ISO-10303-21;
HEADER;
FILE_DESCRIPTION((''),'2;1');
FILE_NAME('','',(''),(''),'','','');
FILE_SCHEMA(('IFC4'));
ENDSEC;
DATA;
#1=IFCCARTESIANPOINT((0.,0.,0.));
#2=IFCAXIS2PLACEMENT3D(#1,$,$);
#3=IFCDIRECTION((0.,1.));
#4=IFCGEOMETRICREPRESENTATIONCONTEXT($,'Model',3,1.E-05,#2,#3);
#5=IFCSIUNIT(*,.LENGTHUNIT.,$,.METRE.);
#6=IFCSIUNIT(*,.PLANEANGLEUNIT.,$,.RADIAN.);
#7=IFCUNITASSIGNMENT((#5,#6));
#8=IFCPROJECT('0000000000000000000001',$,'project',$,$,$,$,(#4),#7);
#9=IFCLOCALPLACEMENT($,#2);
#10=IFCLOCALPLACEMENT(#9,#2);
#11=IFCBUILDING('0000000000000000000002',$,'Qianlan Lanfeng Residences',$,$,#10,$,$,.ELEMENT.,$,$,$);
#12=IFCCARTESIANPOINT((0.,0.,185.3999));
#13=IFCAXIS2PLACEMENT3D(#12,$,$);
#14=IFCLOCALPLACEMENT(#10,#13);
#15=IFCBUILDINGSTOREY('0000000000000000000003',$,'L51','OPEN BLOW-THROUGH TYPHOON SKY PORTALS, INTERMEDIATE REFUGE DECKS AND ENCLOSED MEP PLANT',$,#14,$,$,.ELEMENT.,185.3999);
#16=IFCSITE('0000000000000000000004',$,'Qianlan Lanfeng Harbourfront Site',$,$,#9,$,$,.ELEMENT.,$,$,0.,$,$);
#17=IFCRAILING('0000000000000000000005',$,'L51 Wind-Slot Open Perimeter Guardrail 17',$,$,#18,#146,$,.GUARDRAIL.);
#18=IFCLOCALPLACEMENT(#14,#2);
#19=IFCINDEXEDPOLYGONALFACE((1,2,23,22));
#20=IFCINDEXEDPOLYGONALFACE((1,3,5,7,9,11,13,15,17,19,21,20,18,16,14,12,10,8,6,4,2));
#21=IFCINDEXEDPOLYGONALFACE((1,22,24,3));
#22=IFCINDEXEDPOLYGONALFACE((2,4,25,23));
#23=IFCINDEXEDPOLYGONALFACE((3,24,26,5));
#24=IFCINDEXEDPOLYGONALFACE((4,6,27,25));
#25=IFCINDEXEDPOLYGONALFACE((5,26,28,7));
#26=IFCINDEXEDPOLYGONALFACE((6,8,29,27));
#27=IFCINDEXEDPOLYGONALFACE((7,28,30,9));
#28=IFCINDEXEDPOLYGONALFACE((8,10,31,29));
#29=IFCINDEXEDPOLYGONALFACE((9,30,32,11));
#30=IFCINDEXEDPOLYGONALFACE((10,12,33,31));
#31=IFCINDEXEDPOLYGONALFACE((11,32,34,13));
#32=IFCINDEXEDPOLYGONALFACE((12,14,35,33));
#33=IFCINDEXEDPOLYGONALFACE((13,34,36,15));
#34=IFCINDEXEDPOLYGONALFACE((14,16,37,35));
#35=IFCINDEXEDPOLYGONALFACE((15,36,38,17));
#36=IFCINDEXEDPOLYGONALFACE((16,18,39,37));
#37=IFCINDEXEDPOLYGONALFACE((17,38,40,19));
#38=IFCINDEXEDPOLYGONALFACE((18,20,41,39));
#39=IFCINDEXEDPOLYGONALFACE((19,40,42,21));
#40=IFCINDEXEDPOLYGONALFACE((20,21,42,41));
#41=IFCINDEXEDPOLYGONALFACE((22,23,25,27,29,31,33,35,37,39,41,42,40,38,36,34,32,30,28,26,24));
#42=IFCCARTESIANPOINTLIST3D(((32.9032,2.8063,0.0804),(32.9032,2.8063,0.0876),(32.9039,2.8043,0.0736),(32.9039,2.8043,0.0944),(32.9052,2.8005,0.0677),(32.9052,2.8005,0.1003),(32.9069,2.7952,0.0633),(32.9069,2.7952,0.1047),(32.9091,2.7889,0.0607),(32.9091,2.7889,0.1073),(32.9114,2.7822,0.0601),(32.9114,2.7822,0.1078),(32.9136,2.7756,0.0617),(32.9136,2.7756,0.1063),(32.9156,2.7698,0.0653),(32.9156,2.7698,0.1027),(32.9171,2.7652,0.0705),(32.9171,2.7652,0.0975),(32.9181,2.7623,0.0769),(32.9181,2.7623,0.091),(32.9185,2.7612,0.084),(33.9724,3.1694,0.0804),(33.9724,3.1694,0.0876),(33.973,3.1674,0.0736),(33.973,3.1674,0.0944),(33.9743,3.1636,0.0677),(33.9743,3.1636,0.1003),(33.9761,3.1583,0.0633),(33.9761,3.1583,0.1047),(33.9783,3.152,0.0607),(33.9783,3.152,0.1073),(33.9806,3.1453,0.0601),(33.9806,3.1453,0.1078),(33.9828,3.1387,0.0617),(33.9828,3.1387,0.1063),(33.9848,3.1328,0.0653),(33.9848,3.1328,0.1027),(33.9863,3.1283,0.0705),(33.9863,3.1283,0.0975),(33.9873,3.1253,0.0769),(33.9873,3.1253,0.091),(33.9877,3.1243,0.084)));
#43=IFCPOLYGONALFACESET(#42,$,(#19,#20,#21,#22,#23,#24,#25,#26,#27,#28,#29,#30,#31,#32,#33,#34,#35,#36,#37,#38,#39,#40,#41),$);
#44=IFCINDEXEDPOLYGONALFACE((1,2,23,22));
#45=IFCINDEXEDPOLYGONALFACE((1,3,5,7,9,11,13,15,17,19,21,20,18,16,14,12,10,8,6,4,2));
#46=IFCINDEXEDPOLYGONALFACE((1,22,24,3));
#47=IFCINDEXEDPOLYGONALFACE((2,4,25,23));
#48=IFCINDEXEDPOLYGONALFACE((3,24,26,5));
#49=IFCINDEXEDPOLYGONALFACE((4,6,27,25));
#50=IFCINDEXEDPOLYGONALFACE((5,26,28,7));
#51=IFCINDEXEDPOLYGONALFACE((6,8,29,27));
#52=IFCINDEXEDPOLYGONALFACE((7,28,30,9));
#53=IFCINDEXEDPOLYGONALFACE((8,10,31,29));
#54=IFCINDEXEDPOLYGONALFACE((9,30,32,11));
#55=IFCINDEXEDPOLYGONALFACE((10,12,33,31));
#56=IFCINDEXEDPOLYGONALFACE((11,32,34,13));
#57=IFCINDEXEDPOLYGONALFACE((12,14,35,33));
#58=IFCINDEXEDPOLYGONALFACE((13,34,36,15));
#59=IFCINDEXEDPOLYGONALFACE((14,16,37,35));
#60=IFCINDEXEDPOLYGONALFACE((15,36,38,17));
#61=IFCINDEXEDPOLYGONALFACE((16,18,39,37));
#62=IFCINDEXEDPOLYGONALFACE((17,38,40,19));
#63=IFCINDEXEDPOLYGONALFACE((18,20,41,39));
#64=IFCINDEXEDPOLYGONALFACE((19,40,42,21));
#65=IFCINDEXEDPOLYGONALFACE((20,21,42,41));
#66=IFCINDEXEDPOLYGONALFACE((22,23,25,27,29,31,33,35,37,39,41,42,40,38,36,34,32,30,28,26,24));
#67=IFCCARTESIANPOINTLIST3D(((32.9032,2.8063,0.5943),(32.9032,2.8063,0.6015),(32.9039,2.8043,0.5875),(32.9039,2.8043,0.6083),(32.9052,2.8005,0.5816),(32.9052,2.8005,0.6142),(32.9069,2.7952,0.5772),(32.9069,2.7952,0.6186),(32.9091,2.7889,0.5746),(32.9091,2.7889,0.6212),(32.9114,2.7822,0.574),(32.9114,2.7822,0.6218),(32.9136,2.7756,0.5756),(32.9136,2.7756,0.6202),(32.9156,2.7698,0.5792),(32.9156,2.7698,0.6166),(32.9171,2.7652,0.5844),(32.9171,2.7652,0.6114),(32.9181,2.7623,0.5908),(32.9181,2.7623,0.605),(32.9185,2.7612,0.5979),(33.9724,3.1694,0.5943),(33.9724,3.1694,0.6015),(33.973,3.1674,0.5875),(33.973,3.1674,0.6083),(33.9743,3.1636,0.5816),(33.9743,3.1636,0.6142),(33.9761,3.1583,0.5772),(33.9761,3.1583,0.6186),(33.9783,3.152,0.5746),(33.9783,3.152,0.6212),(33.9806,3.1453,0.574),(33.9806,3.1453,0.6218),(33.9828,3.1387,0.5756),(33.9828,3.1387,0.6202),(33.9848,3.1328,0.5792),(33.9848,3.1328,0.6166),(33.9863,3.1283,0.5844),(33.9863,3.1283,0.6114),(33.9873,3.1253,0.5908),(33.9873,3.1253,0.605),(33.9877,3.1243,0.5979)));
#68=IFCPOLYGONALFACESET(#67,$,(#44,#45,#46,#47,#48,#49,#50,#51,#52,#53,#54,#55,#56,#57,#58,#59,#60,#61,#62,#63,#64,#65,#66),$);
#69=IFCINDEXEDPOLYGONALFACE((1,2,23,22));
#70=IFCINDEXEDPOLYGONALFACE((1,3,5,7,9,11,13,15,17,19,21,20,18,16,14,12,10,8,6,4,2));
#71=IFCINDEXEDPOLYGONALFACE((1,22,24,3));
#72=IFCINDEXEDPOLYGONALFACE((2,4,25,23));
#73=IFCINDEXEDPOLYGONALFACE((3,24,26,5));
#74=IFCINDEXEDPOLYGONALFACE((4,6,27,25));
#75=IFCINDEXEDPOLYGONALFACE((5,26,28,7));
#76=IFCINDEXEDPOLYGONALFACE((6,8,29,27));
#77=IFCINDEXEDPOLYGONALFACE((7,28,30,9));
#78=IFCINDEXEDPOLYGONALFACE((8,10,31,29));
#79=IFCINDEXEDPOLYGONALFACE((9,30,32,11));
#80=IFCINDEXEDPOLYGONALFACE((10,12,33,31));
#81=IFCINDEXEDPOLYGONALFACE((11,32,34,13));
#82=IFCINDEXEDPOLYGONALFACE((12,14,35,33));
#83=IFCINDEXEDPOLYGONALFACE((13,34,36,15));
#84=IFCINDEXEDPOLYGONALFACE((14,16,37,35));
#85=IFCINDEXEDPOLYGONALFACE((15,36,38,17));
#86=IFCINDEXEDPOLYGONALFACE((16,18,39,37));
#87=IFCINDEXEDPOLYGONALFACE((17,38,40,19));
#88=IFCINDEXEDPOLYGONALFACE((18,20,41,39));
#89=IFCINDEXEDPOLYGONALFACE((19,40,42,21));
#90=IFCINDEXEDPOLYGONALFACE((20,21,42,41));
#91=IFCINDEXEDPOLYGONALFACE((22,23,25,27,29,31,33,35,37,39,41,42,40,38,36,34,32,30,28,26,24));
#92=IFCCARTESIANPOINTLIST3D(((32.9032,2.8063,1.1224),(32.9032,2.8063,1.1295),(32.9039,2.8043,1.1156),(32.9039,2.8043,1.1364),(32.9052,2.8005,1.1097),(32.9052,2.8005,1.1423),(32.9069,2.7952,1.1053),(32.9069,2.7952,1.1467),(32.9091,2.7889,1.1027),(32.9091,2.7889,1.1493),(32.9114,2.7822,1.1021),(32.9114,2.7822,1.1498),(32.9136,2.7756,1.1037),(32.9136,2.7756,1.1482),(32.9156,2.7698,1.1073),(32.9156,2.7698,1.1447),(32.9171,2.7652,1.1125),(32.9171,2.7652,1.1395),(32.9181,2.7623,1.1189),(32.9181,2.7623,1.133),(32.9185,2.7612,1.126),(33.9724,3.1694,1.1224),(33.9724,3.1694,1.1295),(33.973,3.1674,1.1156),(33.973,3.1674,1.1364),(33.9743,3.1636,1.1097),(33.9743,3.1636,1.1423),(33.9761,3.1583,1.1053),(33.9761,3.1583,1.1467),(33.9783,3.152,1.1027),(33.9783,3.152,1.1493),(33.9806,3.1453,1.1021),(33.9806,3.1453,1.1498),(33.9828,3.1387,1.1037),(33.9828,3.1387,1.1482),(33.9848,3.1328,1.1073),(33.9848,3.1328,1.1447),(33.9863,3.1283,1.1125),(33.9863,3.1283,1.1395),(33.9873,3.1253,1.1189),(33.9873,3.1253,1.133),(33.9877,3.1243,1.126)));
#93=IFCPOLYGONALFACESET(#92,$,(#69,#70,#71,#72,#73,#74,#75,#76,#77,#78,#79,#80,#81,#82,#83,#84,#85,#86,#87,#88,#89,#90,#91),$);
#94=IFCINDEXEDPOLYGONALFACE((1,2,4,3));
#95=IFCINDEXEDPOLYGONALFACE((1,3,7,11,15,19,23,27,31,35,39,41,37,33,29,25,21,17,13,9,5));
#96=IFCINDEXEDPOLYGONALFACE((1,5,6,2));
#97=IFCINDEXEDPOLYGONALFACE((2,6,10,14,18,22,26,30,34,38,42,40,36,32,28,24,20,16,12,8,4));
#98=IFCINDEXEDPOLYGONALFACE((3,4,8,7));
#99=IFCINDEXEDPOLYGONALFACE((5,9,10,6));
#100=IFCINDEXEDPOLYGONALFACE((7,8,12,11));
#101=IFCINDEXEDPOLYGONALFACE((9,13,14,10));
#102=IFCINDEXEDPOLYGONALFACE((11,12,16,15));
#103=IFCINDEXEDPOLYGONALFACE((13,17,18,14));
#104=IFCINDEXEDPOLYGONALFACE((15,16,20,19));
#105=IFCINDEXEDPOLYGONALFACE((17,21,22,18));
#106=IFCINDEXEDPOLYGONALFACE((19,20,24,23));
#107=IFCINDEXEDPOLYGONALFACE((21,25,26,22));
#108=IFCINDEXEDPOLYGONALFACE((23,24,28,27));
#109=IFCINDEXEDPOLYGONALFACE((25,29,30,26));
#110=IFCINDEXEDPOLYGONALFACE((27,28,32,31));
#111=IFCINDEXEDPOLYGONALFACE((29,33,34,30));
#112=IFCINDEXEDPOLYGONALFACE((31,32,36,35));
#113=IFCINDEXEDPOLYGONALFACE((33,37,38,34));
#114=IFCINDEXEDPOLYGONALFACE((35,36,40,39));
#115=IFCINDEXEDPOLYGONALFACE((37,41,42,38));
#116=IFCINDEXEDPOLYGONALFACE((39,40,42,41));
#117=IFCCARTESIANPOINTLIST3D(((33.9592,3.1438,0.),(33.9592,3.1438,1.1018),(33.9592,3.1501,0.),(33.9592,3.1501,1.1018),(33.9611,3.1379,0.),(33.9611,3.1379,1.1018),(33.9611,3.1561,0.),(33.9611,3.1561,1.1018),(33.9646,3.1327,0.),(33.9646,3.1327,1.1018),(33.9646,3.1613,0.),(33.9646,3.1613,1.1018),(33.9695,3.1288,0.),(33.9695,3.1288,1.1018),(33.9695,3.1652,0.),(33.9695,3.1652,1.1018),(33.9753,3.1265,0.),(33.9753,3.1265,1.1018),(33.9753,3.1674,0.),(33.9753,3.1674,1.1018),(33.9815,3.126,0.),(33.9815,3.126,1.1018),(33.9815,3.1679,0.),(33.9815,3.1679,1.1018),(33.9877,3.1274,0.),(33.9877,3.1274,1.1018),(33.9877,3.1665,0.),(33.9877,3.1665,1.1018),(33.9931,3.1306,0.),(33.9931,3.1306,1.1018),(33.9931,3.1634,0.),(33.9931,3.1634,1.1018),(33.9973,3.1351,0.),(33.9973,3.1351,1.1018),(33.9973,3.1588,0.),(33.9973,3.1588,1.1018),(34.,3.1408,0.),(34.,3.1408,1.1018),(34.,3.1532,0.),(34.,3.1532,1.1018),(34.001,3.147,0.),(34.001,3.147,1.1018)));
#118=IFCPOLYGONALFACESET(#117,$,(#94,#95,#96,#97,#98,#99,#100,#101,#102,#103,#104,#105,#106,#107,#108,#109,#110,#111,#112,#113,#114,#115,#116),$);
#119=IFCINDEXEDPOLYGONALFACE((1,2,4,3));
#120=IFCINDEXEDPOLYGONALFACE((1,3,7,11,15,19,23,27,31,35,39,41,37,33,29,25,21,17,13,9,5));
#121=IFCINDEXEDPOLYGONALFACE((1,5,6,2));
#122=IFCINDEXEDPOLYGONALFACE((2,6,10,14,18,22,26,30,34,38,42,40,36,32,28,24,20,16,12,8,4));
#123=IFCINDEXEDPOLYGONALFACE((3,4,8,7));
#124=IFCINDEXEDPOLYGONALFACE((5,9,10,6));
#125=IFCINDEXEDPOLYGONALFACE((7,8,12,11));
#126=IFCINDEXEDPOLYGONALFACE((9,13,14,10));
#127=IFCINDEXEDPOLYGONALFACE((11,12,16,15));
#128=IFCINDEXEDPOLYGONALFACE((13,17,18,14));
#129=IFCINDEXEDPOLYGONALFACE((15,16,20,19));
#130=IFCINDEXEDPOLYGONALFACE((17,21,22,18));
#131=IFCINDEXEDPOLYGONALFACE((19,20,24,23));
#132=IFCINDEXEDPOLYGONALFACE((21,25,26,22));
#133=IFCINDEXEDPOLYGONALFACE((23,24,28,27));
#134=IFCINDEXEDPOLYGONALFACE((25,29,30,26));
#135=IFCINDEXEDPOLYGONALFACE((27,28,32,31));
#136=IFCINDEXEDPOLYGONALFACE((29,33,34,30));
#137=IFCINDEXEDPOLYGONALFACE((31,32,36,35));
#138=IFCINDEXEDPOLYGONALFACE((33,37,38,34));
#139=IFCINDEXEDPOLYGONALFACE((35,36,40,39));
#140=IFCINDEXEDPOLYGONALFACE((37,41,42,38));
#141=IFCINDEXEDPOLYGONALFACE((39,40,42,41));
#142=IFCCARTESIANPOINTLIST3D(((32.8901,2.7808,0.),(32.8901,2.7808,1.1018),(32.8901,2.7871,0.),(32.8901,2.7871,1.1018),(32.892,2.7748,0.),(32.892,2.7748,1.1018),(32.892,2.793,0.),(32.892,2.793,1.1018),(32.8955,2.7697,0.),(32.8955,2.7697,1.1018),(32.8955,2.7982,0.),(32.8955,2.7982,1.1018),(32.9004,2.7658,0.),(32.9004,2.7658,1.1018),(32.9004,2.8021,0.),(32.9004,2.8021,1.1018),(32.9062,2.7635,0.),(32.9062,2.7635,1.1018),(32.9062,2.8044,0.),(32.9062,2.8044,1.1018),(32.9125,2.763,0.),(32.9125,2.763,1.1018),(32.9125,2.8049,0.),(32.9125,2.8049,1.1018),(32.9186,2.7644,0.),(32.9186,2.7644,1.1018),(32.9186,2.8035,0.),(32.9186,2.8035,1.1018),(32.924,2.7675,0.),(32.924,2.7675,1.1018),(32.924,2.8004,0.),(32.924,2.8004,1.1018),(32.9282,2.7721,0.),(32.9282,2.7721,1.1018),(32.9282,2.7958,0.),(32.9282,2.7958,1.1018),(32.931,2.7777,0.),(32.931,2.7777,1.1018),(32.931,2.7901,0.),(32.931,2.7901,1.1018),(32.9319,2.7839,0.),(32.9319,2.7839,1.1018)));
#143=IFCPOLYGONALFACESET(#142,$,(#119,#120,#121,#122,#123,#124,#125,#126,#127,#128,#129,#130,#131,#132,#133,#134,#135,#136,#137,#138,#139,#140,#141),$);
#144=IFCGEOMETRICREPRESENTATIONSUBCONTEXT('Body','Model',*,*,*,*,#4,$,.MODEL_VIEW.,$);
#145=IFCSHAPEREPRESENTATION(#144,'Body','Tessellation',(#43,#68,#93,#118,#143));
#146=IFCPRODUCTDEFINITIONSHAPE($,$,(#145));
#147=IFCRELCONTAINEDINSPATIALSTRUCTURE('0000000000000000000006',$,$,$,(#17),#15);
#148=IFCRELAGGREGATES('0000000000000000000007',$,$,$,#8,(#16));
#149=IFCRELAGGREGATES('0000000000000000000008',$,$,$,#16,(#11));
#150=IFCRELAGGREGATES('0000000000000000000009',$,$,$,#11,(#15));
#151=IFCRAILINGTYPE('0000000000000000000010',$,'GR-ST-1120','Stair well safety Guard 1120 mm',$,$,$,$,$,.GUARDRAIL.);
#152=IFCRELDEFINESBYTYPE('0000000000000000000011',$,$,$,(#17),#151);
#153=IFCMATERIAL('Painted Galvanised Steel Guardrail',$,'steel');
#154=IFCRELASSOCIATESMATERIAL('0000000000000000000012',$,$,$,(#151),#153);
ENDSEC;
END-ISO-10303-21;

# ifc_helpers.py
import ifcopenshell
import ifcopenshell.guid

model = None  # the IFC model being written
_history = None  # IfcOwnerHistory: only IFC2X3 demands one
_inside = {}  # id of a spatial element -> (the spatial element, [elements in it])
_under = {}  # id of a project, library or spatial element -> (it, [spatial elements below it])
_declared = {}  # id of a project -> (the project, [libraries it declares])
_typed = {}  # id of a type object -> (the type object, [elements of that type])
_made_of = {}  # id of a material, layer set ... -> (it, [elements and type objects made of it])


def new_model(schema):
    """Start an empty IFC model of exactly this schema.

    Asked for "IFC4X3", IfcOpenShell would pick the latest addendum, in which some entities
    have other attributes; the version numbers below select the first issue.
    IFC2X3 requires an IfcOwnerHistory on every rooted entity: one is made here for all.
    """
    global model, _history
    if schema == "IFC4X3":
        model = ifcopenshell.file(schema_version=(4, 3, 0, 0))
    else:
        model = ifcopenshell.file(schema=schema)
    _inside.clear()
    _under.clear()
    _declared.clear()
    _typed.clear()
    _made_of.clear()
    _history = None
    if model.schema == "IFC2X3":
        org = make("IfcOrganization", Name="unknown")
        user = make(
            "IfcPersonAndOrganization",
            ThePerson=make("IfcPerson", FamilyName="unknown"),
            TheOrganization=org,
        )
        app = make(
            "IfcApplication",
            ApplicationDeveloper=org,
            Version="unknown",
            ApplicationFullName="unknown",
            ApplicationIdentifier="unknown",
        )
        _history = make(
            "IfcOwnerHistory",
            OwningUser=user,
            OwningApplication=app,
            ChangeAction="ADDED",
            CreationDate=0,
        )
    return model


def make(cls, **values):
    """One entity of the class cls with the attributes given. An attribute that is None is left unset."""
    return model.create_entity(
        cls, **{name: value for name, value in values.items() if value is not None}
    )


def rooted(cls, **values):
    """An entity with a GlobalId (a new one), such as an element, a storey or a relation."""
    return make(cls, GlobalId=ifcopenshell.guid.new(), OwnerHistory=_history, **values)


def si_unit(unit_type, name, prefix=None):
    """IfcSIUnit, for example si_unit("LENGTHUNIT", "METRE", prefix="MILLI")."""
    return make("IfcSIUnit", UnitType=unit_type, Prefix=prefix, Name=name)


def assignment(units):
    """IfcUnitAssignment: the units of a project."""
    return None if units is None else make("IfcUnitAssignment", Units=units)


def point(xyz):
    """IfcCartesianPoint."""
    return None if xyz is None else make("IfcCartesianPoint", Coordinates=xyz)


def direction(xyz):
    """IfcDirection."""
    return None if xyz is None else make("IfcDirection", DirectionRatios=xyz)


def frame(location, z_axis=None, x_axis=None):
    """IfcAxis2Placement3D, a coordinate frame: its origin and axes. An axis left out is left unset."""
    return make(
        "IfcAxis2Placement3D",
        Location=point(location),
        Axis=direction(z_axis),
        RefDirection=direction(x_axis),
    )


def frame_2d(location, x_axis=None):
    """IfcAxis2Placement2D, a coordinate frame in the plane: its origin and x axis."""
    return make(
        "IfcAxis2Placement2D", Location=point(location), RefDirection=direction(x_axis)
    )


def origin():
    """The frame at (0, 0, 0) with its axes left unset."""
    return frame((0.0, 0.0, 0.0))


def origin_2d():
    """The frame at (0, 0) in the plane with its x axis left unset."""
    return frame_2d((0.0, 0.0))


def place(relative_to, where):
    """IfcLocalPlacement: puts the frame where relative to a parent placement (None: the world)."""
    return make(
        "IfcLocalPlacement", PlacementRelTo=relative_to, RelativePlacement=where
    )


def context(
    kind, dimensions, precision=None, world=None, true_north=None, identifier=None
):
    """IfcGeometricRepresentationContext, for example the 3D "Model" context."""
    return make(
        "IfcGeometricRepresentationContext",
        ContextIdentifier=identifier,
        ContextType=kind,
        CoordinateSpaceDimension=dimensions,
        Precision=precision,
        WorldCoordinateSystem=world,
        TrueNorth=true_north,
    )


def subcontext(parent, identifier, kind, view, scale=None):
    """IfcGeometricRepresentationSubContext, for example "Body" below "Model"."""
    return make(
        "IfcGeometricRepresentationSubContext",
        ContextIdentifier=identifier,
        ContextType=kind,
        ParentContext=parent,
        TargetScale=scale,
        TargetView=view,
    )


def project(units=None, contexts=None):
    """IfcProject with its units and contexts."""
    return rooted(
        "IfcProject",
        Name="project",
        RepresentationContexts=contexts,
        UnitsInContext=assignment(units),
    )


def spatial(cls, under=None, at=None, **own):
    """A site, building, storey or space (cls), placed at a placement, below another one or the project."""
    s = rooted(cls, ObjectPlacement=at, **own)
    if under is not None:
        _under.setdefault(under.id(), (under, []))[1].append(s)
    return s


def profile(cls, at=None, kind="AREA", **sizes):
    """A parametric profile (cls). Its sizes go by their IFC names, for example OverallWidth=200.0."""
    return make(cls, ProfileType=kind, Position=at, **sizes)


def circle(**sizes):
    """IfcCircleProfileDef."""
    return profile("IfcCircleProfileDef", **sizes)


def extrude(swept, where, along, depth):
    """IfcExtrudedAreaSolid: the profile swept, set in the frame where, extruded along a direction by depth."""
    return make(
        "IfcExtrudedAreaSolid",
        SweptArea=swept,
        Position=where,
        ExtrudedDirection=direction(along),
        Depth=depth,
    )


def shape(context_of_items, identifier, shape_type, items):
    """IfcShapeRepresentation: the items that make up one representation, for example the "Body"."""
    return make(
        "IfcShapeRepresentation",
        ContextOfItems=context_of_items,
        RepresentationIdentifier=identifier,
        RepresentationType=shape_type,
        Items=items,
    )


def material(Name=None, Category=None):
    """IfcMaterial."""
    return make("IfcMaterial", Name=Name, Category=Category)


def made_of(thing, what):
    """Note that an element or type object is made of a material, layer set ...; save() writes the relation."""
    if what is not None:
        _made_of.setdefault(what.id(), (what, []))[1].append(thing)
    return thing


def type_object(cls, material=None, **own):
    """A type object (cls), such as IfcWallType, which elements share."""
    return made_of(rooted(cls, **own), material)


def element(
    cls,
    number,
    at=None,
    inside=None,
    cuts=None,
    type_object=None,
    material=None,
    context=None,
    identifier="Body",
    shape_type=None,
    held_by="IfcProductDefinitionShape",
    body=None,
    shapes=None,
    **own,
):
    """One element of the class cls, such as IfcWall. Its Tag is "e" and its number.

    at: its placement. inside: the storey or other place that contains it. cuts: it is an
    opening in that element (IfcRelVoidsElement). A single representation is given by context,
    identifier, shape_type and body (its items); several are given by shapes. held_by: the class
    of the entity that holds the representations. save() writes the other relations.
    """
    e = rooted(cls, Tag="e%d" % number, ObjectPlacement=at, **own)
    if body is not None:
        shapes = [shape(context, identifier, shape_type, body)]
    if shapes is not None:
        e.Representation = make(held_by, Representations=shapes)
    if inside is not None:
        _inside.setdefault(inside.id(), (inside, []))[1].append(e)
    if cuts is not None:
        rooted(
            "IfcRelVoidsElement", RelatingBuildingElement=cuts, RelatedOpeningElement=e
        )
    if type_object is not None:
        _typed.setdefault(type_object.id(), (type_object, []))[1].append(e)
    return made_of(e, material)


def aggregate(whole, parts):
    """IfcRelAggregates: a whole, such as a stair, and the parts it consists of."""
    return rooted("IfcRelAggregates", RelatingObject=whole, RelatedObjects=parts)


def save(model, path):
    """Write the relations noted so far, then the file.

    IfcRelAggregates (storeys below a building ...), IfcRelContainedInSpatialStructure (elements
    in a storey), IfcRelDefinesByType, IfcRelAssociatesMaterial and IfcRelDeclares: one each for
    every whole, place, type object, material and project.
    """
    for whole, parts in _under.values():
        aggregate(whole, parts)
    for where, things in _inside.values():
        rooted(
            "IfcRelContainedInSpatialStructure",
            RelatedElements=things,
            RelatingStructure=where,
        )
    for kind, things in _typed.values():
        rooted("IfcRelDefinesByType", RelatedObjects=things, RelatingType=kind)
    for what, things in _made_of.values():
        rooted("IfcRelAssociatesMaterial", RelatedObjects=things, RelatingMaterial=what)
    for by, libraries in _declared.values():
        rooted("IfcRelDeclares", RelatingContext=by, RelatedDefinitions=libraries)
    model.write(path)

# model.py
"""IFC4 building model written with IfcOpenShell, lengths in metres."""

from ifc_helpers import new_model, si_unit, direction, frame, origin, origin_2d, place, context, subcontext, project, spatial, circle, extrude, material, type_object, element, save


model = new_model("IFC4")

# Units and contexts
model_context = context("Model", 3, precision=1e-05, world=origin(), true_north=direction((0.0, 1.0)))
body_context = subcontext(model_context, "Body", "Model", "MODEL_VIEW")
ifc_project = project(units=[si_unit("LENGTHUNIT", "METRE"), si_unit("PLANEANGLEUNIT", "RADIAN")], contexts=[model_context])

# Site, building, storey
site_placement = place(None, origin())
site = spatial("IfcSite", under=ifc_project, at=site_placement, Name="Qianlan Lanfeng Harbourfront Site", CompositionType="ELEMENT", RefElevation=0.0)
building_placement = place(site_placement, origin())
building = spatial("IfcBuilding", under=site, at=building_placement, Name="Qianlan Lanfeng Residences", CompositionType="ELEMENT")
storey_placement = place(building_placement, frame((0.0, 0.0, 185.3999)))
storey = spatial("IfcBuildingStorey", under=building, at=storey_placement, Name="L51", Description="OPEN BLOW-THROUGH TYPHOON SKY PORTALS, INTERMEDIATE REFUGE DECKS AND ENCLOSED MEP PLANT", CompositionType="ELEMENT", Elevation=185.3999)

# Railing
ifc_material_1 = material(Name="Painted Galvanised Steel Guardrail", Category="steel")
railing_type = type_object("IfcRailingType", Name="GR-ST-1120", Description="Stair well safety Guard 1120 mm", PredefinedType="GUARDRAIL", material=ifc_material_1)
railing_1_placement = place(storey_placement, frame((33.98, 3.147, 0.0)))
element("IfcRailing", 1, at=railing_1_placement, inside=storey, type_object=railing_type, Name="L51 Wind-Slot Open Perimeter Guardrail 17", PredefinedType="GUARDRAIL", context=body_context, shape_type="SweptSolid", body=[
    extrude(circle(Radius=0.0239, at=origin_2d()), frame((0.0, 0.0, 0.084), z_axis=(-0.946895, -0.321542, 0.0), x_axis=(0.321542, -0.946895, 0.0)), (0.0, 0.0, 1.0), 1.1292),
    extrude(circle(Radius=0.0239, at=origin_2d()), frame((0.0, 0.0, 0.5979), z_axis=(-0.946895, -0.321542, 0.0), x_axis=(0.321542, -0.946895, 0.0)), (0.0, 0.0, 1.0), 1.1292),
    extrude(circle(Radius=0.0239, at=origin_2d()), frame((0.0, 0.0, 1.126), z_axis=(-0.946895, -0.321542, 0.0), x_axis=(0.321542, -0.946895, 0.0)), (0.0, 0.0, 1.0), 1.1292),
    extrude(circle(Radius=0.021, at=origin_2d()), origin(), (0.0, 0.0, 1.0), 1.1018),
    extrude(circle(Radius=0.021, at=origin_2d()), frame((-1.0691, -0.363, 0.0)), (0.0, 0.0, 1.0), 1.1018),
])

save(model, "model.ifc")
